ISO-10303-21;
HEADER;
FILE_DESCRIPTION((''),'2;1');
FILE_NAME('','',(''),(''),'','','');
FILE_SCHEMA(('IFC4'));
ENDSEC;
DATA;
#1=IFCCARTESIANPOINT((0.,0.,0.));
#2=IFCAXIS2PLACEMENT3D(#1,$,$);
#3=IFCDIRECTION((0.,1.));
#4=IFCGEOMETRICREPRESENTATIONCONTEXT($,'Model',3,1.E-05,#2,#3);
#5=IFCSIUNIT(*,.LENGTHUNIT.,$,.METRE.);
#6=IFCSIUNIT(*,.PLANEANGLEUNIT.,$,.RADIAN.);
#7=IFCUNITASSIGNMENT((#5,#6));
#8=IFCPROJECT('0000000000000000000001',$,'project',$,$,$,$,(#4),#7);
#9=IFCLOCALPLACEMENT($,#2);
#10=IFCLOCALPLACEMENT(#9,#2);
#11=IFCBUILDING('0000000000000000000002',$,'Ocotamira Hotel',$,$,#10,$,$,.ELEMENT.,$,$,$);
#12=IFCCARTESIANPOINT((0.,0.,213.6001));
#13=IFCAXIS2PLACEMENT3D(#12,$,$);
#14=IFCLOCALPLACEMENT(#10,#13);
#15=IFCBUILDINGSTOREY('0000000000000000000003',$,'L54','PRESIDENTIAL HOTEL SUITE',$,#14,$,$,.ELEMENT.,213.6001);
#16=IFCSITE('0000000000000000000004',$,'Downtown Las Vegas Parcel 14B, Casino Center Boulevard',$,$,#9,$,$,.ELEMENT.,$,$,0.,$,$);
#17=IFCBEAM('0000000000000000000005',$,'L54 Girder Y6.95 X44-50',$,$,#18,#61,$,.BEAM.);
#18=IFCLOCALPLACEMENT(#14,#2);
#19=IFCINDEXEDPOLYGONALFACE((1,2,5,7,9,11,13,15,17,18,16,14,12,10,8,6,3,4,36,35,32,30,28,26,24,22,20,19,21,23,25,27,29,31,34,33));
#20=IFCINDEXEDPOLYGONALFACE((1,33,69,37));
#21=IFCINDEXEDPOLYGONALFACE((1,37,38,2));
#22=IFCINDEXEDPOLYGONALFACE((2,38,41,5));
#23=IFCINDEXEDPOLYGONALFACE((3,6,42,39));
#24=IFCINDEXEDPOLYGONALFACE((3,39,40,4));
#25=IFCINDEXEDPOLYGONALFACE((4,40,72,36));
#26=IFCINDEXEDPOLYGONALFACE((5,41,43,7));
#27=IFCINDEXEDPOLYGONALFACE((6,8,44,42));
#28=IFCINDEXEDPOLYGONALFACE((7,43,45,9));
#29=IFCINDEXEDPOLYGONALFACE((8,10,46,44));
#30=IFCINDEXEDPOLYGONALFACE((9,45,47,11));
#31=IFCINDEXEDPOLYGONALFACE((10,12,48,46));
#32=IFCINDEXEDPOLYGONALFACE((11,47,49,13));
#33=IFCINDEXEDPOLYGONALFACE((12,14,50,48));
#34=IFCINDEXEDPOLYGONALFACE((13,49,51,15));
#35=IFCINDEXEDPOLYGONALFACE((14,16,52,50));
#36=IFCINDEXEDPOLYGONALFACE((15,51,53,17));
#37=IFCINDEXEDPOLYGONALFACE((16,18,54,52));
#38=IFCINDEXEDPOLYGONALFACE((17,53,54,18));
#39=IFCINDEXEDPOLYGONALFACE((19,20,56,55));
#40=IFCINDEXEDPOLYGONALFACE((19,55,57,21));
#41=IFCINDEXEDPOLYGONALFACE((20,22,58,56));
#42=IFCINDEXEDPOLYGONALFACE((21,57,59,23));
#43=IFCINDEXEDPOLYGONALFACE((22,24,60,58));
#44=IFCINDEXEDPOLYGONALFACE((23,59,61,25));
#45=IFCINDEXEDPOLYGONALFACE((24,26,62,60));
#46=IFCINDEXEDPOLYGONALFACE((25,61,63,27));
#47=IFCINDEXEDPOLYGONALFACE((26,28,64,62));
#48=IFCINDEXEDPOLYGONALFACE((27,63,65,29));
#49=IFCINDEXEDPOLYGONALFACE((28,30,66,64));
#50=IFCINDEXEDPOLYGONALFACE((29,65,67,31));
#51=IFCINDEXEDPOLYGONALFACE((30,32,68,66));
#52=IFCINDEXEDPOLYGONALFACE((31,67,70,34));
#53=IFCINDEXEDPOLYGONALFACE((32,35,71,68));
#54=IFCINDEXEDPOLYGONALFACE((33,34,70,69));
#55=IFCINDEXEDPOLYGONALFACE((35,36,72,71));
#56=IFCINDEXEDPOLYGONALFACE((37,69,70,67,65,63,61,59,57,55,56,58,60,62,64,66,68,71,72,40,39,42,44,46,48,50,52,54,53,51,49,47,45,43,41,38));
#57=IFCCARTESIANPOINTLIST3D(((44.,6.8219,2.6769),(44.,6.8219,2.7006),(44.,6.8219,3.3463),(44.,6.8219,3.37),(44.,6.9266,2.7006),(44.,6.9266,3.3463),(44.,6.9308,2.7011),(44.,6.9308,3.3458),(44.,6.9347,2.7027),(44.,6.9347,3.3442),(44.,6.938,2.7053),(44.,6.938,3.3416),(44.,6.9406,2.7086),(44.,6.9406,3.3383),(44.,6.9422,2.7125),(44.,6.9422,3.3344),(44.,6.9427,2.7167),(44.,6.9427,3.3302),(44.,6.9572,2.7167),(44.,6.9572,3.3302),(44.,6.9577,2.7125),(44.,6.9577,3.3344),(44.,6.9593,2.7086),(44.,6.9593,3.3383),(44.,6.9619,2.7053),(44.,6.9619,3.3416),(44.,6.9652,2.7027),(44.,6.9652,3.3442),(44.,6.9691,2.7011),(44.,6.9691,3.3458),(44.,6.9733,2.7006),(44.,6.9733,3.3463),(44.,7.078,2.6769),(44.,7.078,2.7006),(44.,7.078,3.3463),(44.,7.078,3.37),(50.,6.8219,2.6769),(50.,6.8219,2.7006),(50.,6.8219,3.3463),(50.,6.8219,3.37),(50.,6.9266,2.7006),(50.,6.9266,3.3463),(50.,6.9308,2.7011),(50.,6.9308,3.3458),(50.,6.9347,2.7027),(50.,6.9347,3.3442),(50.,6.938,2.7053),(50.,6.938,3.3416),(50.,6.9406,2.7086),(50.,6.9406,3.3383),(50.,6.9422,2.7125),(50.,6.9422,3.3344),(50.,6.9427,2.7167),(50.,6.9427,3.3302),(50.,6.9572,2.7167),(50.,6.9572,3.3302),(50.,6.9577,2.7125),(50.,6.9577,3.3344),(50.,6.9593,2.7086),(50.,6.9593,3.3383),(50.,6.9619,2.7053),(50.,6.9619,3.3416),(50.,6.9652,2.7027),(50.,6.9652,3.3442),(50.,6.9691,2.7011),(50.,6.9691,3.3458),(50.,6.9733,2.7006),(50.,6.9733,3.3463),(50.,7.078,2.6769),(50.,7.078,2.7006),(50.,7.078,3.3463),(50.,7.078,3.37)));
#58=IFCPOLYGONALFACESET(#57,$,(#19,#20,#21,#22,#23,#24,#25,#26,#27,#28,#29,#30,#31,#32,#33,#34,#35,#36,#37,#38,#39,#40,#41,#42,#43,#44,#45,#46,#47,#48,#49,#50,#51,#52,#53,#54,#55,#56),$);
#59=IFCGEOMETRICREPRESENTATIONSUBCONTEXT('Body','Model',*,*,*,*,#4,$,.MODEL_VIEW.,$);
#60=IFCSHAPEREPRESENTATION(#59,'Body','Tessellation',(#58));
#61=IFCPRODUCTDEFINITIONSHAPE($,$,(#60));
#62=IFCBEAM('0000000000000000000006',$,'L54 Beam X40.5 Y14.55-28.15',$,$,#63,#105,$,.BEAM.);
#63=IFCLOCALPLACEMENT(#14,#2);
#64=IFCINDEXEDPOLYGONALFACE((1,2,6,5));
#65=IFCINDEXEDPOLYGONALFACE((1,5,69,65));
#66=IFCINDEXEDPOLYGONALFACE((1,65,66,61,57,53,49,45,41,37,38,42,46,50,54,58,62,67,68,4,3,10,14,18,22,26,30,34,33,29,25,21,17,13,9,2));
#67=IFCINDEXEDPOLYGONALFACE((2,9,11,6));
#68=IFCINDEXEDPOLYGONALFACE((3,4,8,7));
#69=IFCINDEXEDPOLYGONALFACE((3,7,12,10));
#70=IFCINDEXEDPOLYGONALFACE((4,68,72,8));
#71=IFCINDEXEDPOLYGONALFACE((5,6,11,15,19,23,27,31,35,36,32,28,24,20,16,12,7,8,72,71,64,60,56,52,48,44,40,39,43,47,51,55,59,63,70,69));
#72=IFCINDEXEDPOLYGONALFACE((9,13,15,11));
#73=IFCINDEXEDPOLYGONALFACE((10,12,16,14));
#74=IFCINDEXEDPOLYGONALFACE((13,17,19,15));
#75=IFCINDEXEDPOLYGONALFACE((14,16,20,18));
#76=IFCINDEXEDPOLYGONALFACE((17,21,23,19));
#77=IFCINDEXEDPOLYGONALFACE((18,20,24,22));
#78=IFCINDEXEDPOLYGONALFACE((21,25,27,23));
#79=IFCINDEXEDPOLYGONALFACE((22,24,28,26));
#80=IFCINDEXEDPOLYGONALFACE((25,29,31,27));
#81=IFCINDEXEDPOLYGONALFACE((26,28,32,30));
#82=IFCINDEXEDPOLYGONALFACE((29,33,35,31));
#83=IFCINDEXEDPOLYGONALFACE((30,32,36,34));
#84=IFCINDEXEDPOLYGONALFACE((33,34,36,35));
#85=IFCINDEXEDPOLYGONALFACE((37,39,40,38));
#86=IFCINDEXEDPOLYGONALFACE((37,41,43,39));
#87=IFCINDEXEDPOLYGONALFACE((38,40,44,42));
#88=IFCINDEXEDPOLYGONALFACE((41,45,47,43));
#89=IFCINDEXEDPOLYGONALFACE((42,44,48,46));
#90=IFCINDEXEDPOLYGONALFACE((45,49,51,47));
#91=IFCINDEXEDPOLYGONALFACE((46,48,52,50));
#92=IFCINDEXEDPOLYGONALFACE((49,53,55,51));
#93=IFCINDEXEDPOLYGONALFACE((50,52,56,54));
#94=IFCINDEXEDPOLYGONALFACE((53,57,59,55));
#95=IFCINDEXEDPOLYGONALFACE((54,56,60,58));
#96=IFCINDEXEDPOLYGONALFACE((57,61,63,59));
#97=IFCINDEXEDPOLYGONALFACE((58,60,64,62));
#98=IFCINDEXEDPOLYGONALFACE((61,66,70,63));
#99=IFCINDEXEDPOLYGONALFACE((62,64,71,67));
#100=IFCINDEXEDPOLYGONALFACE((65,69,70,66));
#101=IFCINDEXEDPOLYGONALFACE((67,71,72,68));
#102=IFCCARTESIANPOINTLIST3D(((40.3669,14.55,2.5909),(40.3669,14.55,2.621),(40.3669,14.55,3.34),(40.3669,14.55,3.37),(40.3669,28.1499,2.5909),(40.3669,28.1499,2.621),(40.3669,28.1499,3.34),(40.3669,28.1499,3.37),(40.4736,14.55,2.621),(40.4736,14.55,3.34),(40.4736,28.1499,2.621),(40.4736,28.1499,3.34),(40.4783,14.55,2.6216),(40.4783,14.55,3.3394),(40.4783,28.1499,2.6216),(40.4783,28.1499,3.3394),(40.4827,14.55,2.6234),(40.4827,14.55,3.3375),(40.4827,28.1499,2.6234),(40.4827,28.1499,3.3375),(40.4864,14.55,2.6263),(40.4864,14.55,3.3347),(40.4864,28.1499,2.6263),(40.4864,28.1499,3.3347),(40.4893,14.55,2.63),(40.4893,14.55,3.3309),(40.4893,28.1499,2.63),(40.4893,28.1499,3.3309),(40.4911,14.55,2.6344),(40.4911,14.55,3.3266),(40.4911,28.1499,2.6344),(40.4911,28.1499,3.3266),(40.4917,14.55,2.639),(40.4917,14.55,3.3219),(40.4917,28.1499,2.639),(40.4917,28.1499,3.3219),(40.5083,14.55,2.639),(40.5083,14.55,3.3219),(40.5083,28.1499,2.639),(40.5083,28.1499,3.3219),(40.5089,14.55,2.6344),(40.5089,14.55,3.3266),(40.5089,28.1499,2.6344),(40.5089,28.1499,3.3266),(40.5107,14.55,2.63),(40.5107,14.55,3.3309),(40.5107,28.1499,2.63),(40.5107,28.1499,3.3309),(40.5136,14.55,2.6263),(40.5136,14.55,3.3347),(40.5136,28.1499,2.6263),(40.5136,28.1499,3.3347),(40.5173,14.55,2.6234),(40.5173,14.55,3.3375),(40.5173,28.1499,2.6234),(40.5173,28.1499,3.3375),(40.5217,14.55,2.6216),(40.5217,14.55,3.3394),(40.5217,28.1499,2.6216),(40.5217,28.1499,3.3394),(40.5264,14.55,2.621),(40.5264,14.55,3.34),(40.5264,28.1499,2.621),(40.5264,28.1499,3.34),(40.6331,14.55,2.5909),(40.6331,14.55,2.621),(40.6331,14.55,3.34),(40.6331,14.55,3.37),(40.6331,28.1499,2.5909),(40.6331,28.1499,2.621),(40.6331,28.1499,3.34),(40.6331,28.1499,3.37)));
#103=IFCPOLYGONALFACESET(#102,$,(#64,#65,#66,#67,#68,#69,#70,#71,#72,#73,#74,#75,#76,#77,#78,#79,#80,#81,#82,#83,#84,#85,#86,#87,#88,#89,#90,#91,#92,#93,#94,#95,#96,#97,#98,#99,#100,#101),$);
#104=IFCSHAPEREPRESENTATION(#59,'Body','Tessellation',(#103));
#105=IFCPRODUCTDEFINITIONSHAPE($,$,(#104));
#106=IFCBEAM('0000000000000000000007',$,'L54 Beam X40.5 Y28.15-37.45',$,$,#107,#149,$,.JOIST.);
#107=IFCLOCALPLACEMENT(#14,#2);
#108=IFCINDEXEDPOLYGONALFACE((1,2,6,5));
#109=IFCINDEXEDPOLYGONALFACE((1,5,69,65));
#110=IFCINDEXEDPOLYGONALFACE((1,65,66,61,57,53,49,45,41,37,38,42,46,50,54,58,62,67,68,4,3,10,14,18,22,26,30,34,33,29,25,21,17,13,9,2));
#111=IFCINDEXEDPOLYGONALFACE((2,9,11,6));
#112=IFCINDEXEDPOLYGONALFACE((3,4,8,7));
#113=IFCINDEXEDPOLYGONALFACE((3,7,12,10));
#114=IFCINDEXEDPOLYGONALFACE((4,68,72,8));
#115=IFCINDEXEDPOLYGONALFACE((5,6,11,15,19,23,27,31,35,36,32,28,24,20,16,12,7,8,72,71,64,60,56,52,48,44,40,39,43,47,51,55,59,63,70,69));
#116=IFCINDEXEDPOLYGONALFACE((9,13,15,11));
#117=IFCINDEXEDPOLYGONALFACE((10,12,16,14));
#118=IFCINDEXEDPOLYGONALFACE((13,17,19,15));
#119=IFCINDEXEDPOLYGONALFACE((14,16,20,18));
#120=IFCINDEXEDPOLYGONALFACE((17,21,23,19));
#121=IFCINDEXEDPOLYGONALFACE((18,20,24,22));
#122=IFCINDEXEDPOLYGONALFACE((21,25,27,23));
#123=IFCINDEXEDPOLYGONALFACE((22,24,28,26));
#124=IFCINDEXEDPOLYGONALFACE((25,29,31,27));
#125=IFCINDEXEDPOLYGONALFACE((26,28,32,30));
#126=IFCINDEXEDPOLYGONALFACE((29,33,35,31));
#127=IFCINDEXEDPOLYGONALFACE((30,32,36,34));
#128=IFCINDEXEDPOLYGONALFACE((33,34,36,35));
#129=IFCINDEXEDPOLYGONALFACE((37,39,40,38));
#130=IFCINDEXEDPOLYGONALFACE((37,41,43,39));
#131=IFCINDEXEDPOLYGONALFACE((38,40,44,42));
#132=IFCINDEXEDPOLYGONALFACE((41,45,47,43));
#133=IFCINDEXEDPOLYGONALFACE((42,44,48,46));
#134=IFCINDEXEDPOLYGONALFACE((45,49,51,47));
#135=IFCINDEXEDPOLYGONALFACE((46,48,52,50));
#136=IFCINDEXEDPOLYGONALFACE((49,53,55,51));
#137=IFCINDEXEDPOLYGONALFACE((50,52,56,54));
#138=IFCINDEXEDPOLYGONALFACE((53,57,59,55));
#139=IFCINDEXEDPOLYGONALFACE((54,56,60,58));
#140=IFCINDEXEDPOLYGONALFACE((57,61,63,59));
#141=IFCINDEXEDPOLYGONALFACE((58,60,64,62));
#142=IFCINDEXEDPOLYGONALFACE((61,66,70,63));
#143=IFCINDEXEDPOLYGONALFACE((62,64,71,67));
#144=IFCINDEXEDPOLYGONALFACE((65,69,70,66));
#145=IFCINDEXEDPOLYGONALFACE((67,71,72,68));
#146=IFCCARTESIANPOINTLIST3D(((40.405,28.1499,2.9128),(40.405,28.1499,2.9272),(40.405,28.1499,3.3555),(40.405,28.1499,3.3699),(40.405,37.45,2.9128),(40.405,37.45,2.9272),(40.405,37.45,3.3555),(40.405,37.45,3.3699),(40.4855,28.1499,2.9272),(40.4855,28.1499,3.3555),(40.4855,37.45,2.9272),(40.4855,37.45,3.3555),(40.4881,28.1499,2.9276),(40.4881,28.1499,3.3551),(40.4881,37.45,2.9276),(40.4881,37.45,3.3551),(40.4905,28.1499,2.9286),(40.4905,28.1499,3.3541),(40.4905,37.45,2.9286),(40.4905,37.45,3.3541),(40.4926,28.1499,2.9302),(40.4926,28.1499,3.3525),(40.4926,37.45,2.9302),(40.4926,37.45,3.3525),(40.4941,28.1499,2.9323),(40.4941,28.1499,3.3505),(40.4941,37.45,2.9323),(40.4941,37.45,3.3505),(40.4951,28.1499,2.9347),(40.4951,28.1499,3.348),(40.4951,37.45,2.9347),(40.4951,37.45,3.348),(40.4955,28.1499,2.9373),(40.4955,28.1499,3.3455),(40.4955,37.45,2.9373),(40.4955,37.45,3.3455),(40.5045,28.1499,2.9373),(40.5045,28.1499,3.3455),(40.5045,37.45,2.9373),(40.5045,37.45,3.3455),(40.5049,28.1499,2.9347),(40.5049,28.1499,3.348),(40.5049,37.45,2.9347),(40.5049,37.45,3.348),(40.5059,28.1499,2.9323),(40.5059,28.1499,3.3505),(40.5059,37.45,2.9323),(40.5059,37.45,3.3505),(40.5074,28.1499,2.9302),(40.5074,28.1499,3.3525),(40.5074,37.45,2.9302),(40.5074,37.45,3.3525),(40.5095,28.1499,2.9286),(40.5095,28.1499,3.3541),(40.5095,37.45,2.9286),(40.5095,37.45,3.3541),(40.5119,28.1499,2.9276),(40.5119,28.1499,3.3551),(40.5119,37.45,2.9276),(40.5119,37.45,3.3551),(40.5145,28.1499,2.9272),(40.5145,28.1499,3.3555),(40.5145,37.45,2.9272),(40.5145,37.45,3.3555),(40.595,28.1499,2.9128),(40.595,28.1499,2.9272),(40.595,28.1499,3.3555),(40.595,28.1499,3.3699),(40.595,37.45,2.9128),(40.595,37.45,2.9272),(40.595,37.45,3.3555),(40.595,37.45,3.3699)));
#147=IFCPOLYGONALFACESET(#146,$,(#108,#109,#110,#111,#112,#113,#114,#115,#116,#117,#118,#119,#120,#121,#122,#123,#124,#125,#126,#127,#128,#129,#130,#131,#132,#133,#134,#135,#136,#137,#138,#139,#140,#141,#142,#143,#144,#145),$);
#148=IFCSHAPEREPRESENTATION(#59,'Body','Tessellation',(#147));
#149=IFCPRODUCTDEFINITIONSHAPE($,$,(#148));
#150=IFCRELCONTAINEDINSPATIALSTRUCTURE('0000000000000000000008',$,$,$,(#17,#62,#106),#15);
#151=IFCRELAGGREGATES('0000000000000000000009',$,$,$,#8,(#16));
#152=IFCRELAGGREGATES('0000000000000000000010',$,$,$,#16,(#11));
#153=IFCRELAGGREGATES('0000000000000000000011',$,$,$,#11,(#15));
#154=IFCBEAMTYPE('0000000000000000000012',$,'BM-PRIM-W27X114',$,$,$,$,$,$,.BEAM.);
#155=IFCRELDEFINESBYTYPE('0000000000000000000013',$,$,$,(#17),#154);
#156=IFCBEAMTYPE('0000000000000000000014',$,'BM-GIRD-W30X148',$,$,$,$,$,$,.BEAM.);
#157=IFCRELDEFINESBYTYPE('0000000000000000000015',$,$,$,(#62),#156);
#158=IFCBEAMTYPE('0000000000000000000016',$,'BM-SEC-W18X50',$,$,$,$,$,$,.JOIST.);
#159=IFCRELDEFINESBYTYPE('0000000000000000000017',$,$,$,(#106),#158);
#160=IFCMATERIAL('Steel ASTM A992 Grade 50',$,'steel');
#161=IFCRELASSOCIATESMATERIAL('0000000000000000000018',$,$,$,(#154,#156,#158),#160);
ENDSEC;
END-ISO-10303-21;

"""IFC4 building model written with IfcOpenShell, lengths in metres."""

from ifc_helpers import new_model, si_unit, direction, frame, origin, origin_2d, place, context, subcontext, project, spatial, i_section, extrude, source, transform, mapped, material, material_profile, profile_set, type_object, element, save


model = new_model("IFC4")

# Units and contexts
model_context = context("Model", 3, precision=1e-05, world=origin(), true_north=direction((0.0, 1.0)))
body_context = subcontext(model_context, "Body", "Model", "MODEL_VIEW")
ifc_project = project(units=[si_unit("LENGTHUNIT", "METRE"), si_unit("PLANEANGLEUNIT", "RADIAN")], contexts=[model_context])

# Site, building, storey
site_placement = place(None, origin())
site = spatial("IfcSite", under=ifc_project, at=site_placement, Name="Downtown Las Vegas Parcel 14B, Casino Center Boulevard", CompositionType="ELEMENT", RefElevation=0.0)
building_placement = place(site_placement, origin())
building = spatial("IfcBuilding", under=site, at=building_placement, Name="Ocotamira Hotel", CompositionType="ELEMENT")
storey_placement = place(building_placement, frame((0.0, 0.0, 213.6001)))
storey = spatial("IfcBuildingStorey", under=building, at=storey_placement, Name="L54", Description="PRESIDENTIAL HOTEL SUITE", CompositionType="ELEMENT", Elevation=213.6001)

# Beams
ifc_material_1 = material(Name="Steel ASTM A992 Grade 50", Category="steel")
ifc_material_profile_1 = material_profile(ifc_material_1, i_section(OverallWidth=0.2561, OverallDepth=0.6931, WebThickness=0.0144, FlangeThickness=0.0237, FilletRadius=0.0161, at=origin_2d()), Name="W27X114")
ifc_profile_set_1 = profile_set([ifc_material_profile_1], Name="Steel ASTM A992 Grade 50")
beam_type_1 = type_object("IfcBeamType", Name="BM-PRIM-W27X114", PredefinedType="BEAM", material=ifc_profile_set_1)
shared_shape_1 = source(origin(), body_context, "Body", "SweptSolid", [
    extrude(i_section(OverallWidth=0.2561, OverallDepth=0.6931, WebThickness=0.0144, FlangeThickness=0.0237, FilletRadius=0.0161, at=origin_2d()), origin(), (0.0, 0.0, 1.0), 6.0),
])
beam_1_placement = place(storey_placement, frame((44.0, 6.95, 3.0234), z_axis=(1.0, 0.0, 0.0), x_axis=(0.0, 1.0, 0.0)))
element("IfcBeam", 1, at=beam_1_placement, inside=storey, type_object=beam_type_1, Name="L54 Girder Y6.95 X44-50", PredefinedType="BEAM", context=body_context, shape_type="MappedRepresentation", body=[
    mapped(shared_shape_1, transform((0.0, 0.0, 0.0), scale=1.0)),
])
ifc_material_profile_2 = material_profile(ifc_material_1, i_section(OverallWidth=0.2661, OverallDepth=0.7791, WebThickness=0.0166, FlangeThickness=0.03, FilletRadius=0.0181, at=origin_2d()), Name="W30X148")
ifc_profile_set_2 = profile_set([ifc_material_profile_2], Name="Steel ASTM A992 Grade 50")
beam_type_2 = type_object("IfcBeamType", Name="BM-GIRD-W30X148", PredefinedType="BEAM", material=ifc_profile_set_2)
shared_shape_2 = source(origin(), body_context, "Body", "SweptSolid", [
    extrude(i_section(OverallWidth=0.2661, OverallDepth=0.7791, WebThickness=0.0166, FlangeThickness=0.03, FilletRadius=0.0181, at=origin_2d()), origin(), (0.0, 0.0, 1.0), 13.5999),
])
beam_2_placement = place(storey_placement, frame((40.5, 14.55, 2.9805), z_axis=(0.0, 1.0, 0.0), x_axis=(-1.0, 0.0, 0.0)))
element("IfcBeam", 2, at=beam_2_placement, inside=storey, type_object=beam_type_2, Name="L54 Beam X40.5 Y14.55-28.15", PredefinedType="BEAM", context=body_context, shape_type="MappedRepresentation", body=[
    mapped(shared_shape_2, transform((0.0, 0.0, 0.0), scale=1.0)),
])
ifc_material_profile_3 = material_profile(ifc_material_1, i_section(OverallWidth=0.1899, OverallDepth=0.457, WebThickness=0.009, FlangeThickness=0.0144, FilletRadius=0.01, at=origin_2d()), Name="W18X50")
ifc_profile_set_3 = profile_set([ifc_material_profile_3], Name="Steel ASTM A992 Grade 50")
beam_type_3 = type_object("IfcBeamType", Name="BM-SEC-W18X50", PredefinedType="JOIST", material=ifc_profile_set_3)
shared_shape_3 = source(origin(), body_context, "Body", "SweptSolid", [
    extrude(i_section(OverallWidth=0.1899, OverallDepth=0.457, WebThickness=0.009, FlangeThickness=0.0144, FilletRadius=0.01, at=origin_2d()), origin(), (0.0, 0.0, 1.0), 9.3),
])
beam_3_placement = place(storey_placement, frame((40.5, 28.1499, 3.1414), z_axis=(0.0, 1.0, 0.0), x_axis=(-1.0, 0.0, 0.0)))
element("IfcBeam", 3, at=beam_3_placement, inside=storey, type_object=beam_type_3, Name="L54 Beam X40.5 Y28.15-37.45", PredefinedType="JOIST", context=body_context, shape_type="MappedRepresentation", body=[
    mapped(shared_shape_3, transform((0.0, 0.0, 0.0), scale=1.0)),
])

save(model, "model.ifc")
